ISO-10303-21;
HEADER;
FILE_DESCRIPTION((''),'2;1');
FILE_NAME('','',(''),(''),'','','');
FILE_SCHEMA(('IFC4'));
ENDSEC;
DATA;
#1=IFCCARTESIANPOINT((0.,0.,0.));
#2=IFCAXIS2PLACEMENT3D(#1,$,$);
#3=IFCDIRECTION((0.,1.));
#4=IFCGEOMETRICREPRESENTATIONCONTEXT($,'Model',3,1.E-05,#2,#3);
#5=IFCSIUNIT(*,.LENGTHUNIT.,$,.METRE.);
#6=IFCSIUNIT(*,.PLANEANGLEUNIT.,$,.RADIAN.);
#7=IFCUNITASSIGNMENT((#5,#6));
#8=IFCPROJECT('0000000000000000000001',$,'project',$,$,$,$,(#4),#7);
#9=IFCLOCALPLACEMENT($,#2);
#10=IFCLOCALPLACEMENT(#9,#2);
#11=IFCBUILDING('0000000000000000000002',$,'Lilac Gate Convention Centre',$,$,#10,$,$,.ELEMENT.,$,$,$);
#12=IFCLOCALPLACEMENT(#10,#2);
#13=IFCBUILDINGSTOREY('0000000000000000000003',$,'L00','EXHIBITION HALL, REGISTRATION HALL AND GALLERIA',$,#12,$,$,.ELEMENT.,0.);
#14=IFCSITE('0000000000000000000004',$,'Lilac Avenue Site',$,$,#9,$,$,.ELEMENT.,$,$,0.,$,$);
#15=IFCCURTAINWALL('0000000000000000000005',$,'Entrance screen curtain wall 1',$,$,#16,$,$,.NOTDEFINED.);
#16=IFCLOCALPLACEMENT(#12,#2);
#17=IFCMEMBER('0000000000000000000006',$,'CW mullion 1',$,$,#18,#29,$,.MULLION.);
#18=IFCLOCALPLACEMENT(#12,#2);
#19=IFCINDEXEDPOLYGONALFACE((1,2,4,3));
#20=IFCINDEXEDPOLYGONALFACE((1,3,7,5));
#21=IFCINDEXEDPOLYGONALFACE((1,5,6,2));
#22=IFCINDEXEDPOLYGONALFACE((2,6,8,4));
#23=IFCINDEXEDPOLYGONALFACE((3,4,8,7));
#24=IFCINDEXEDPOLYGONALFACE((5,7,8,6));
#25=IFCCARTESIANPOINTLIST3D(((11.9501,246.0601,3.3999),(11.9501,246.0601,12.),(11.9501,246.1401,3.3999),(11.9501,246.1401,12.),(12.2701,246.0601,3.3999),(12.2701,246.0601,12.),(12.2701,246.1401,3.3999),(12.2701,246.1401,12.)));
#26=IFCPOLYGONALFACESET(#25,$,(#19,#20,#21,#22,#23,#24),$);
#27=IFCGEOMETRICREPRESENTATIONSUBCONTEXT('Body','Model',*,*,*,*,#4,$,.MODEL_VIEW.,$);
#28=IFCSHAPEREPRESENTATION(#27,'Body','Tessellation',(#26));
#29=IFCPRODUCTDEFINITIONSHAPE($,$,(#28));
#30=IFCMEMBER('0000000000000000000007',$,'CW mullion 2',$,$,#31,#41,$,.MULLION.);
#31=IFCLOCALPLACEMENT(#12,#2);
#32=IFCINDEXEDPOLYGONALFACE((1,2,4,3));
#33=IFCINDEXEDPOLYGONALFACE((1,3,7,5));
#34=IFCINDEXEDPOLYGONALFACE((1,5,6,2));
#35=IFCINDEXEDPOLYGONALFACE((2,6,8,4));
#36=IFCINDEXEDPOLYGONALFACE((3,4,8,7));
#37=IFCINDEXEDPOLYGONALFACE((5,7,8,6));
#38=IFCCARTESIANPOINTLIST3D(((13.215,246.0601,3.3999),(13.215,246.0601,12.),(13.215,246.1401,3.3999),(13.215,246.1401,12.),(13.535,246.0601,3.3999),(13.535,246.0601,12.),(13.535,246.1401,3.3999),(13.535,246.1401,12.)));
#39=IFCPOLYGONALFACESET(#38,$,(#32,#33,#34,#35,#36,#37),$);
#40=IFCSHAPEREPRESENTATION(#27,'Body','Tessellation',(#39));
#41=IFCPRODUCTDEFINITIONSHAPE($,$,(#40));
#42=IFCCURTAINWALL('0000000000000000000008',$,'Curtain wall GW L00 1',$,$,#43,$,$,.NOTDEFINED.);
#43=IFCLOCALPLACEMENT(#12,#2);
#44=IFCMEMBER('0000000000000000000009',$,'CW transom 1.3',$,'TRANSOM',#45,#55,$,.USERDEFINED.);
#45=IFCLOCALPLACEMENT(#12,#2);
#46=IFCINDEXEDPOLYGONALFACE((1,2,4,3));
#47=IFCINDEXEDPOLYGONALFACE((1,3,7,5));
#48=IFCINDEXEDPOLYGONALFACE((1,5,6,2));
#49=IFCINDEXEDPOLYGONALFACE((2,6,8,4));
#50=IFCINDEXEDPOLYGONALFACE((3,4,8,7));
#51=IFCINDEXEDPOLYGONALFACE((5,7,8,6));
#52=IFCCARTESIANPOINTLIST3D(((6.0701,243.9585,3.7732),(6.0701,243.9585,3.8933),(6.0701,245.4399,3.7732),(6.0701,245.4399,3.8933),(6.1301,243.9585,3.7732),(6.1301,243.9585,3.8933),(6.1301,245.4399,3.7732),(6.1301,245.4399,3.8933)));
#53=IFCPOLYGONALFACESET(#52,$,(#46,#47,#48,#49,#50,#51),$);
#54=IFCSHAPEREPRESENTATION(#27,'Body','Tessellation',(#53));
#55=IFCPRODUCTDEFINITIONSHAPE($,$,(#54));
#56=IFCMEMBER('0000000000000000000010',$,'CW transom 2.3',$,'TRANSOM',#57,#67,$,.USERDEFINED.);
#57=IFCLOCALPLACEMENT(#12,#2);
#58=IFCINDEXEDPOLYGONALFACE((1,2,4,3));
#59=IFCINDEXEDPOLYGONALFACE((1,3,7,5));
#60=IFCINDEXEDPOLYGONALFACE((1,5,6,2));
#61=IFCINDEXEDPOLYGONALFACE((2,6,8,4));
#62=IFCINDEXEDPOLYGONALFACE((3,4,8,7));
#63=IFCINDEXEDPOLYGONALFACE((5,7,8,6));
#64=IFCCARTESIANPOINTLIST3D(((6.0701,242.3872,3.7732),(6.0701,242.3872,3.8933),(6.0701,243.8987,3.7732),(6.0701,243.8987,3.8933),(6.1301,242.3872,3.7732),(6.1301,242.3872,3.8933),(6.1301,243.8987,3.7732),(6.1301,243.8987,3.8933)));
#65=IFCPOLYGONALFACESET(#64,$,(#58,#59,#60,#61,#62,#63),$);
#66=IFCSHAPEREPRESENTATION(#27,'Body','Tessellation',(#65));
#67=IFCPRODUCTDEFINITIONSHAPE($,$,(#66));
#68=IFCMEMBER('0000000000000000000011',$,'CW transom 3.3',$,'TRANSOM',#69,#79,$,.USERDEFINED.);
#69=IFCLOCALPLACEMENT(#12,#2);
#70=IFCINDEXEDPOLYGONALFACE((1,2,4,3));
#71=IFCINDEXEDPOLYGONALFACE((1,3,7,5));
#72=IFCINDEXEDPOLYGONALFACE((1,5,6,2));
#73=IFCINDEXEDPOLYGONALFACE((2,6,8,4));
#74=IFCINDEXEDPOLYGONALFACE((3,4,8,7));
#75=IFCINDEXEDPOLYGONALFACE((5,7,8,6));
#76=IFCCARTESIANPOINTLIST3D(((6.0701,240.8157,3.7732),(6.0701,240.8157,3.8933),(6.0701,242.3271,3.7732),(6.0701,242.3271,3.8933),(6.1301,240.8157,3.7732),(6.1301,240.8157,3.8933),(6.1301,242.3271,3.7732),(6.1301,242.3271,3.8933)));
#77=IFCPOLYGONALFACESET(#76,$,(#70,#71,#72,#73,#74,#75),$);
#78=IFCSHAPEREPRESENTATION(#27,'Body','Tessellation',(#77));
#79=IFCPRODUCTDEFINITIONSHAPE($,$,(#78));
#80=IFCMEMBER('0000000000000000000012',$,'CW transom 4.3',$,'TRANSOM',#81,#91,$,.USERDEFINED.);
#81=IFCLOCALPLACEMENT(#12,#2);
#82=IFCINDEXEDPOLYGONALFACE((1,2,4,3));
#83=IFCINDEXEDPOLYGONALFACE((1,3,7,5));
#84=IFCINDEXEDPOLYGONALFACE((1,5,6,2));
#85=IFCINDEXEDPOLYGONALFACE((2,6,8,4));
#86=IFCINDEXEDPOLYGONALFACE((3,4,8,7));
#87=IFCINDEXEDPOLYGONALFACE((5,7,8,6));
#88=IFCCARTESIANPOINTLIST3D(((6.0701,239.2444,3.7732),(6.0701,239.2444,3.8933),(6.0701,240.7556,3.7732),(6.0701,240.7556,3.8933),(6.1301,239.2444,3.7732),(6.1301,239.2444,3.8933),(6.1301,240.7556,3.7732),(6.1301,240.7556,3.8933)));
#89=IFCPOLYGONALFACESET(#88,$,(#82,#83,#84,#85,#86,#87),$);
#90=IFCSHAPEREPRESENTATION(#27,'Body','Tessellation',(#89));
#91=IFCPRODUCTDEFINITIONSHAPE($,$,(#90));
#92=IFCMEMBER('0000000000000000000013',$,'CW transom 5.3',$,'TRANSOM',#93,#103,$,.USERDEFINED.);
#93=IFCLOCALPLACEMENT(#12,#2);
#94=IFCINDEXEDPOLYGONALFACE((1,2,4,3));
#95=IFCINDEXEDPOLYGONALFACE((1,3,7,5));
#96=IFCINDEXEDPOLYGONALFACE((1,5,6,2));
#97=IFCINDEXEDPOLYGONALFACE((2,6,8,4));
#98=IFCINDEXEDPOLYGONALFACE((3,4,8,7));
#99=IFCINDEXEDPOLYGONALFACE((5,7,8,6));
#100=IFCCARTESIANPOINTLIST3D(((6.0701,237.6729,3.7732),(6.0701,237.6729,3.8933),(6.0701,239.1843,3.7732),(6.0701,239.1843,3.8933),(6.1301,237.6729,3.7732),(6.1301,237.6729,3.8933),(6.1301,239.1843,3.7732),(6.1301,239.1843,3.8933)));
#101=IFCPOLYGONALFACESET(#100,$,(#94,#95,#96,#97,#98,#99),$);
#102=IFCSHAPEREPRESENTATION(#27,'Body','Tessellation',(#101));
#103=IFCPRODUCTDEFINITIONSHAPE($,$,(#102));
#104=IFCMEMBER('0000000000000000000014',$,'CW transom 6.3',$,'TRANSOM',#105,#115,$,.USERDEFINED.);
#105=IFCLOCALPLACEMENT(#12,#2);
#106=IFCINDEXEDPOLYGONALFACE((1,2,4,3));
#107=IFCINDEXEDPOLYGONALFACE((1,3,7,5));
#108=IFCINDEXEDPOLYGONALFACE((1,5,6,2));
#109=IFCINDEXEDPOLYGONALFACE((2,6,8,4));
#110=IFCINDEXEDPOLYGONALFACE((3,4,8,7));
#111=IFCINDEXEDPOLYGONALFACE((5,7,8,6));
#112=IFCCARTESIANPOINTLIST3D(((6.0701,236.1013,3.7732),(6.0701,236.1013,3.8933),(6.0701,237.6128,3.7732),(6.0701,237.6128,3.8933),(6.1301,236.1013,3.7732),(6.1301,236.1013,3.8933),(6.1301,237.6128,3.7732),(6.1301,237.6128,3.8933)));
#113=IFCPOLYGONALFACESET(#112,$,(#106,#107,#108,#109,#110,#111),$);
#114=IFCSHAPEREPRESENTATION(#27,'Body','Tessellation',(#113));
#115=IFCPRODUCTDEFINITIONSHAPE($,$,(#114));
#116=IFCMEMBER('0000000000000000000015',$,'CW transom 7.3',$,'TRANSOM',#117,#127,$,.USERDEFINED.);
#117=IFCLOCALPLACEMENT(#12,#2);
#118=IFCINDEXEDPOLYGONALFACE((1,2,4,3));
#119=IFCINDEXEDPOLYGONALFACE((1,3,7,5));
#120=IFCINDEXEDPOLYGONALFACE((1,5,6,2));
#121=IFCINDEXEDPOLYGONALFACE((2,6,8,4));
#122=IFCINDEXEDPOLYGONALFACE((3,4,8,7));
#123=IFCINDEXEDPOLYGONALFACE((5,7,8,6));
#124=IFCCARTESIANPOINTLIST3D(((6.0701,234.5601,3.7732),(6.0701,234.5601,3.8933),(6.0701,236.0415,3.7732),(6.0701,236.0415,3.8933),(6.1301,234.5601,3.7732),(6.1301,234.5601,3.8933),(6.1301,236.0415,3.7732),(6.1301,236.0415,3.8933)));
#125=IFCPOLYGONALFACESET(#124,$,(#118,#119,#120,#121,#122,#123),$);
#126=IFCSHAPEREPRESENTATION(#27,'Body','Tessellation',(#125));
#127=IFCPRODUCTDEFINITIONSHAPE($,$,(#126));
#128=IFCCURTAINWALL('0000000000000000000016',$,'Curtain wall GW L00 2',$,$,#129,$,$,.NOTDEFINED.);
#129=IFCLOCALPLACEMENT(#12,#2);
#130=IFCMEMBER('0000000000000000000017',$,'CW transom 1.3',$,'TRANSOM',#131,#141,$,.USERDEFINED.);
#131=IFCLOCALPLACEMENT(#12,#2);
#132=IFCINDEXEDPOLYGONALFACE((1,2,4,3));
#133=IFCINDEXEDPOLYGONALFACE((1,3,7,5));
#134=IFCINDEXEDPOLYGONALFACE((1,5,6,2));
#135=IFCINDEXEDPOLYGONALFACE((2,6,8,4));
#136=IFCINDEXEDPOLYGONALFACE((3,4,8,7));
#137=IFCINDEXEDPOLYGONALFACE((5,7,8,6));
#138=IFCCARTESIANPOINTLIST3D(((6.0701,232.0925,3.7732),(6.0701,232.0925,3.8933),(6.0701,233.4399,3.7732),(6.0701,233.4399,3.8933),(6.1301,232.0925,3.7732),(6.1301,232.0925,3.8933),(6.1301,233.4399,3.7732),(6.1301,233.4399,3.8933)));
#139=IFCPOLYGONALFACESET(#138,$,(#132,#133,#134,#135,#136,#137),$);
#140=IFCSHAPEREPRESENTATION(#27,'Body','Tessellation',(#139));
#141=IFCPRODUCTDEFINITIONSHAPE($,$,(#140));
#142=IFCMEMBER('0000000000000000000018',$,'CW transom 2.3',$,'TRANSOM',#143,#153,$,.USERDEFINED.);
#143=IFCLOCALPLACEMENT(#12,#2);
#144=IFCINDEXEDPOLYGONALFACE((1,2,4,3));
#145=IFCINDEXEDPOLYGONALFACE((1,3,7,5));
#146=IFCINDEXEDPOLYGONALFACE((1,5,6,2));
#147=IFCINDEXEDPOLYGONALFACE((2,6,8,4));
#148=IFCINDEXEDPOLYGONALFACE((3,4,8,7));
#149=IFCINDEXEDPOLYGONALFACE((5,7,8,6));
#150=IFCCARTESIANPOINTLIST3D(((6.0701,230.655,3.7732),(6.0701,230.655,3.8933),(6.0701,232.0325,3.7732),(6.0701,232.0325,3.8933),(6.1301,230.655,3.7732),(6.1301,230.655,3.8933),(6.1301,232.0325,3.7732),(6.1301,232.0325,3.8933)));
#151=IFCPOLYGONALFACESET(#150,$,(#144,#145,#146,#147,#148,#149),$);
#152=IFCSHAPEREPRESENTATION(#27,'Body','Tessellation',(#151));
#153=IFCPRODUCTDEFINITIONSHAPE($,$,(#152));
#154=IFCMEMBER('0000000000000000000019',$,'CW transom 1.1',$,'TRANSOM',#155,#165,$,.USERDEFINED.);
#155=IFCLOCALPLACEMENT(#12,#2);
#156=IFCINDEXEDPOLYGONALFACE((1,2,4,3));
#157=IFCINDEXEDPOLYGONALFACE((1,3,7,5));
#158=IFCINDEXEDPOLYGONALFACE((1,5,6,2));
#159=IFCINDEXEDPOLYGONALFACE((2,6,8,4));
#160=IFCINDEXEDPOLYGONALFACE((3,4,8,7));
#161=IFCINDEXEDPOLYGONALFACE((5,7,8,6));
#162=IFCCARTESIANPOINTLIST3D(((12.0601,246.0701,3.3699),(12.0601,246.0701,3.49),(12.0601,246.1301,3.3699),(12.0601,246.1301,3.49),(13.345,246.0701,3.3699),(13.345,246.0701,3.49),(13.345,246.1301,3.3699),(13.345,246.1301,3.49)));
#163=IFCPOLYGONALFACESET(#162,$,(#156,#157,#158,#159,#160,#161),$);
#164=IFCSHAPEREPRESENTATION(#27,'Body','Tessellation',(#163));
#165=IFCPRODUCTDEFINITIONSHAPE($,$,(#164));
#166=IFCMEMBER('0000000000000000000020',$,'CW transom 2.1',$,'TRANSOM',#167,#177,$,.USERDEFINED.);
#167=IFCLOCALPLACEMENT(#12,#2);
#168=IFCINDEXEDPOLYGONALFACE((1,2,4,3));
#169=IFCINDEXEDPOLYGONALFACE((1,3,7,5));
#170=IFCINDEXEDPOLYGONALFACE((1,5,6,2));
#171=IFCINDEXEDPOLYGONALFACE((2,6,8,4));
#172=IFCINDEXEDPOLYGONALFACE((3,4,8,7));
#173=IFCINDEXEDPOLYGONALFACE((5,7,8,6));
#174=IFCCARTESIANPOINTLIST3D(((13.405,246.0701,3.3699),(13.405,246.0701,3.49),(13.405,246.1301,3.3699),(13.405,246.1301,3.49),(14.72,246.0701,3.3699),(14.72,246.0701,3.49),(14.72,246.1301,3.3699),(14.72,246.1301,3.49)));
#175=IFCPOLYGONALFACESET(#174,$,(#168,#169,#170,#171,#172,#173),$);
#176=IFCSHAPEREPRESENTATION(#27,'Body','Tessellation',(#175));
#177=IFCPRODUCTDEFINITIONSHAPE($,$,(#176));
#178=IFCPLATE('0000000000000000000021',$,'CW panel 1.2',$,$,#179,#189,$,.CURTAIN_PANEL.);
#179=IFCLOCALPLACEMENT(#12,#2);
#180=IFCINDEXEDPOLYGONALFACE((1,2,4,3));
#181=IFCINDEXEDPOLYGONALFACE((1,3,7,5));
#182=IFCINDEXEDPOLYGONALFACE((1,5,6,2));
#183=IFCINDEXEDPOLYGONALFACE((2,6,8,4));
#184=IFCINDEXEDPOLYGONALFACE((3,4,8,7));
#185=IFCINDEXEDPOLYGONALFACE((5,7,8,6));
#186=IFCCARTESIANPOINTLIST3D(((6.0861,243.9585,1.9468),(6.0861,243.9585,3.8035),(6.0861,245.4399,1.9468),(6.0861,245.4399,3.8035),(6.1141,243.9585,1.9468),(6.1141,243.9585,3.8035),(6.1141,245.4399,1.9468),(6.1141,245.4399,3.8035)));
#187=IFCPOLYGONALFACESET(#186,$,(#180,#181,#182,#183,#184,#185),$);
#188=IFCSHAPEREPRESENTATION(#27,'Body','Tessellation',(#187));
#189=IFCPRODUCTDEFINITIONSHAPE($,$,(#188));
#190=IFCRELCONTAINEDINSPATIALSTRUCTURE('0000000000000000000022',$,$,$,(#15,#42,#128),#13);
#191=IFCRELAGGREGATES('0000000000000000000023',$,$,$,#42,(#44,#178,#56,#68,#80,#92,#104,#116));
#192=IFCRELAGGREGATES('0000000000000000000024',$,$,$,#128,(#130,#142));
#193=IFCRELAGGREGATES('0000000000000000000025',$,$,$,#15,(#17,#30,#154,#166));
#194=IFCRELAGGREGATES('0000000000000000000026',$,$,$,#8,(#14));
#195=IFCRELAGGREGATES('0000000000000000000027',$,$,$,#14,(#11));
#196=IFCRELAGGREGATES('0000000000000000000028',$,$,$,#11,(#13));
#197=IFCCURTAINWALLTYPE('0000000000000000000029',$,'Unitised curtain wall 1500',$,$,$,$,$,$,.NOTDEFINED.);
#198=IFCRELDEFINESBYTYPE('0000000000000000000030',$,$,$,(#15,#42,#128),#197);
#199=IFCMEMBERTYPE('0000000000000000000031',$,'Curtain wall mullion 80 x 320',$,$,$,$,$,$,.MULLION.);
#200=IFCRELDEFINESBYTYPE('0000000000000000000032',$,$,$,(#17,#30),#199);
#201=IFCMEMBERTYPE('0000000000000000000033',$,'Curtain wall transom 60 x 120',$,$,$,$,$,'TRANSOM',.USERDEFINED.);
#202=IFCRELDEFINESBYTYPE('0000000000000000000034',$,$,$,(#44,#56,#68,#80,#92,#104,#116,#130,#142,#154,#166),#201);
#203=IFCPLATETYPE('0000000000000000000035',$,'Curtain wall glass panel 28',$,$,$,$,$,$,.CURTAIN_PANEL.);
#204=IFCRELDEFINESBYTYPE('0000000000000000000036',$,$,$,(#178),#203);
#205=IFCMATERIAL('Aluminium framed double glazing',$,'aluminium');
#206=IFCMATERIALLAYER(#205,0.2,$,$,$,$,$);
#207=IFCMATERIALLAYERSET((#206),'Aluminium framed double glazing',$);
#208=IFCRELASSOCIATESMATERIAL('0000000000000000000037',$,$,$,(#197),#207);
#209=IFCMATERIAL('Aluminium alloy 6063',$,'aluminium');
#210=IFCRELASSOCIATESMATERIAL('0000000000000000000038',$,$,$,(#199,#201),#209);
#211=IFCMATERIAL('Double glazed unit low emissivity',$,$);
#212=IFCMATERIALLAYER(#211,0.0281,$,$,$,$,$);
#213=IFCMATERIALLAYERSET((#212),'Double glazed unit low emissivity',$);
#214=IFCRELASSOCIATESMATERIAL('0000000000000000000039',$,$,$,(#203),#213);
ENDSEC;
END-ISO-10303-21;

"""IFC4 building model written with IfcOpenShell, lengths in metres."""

from ifc_helpers import new_model, si_unit, direction, frame, origin, origin_2d, place, context, subcontext, project, spatial, rectangle, extrude, material, layer, layer_set, material_profile, profile_set, type_object, element, aggregate, save


model = new_model("IFC4")

# Units and contexts
model_context = context("Model", 3, precision=1e-05, world=origin(), true_north=direction((0.0, 1.0)))
body_context = subcontext(model_context, "Body", "Model", "MODEL_VIEW")
ifc_project = project(units=[si_unit("LENGTHUNIT", "METRE"), si_unit("PLANEANGLEUNIT", "RADIAN")], contexts=[model_context])

# Site, building, storey
site_placement = place(None, origin())
site = spatial("IfcSite", under=ifc_project, at=site_placement, Name="Lilac Avenue Site", CompositionType="ELEMENT", RefElevation=0.0)
building_placement = place(site_placement, origin())
building = spatial("IfcBuilding", under=site, at=building_placement, Name="Lilac Gate Convention Centre", CompositionType="ELEMENT")
storey_placement = place(building_placement, origin())
storey = spatial("IfcBuildingStorey", under=building, at=storey_placement, Name="L00", Description="EXHIBITION HALL, REGISTRATION HALL AND GALLERIA", CompositionType="ELEMENT", Elevation=0.0)

# Curtain walls, members
ifc_material_1 = material(Name="Aluminium framed double glazing", Category="aluminium")
ifc_layer_1 = layer(ifc_material_1, 0.2)
ifc_layer_set_1 = layer_set([ifc_layer_1], Name="Aluminium framed double glazing")
curtain_wall_type = type_object("IfcCurtainWallType", Name="Unitised curtain wall 1500", PredefinedType="NOTDEFINED", material=ifc_layer_set_1)
curtain_wall_1_placement = place(storey_placement, origin())
curtain_wall_1 = element("IfcCurtainWall", 1, at=curtain_wall_1_placement, inside=storey, type_object=curtain_wall_type, Name="Entrance screen curtain wall 1", PredefinedType="NOTDEFINED")
ifc_material_2 = material(Name="Aluminium alloy 6063", Category="aluminium")
ifc_material_profile_1 = material_profile(ifc_material_2, rectangle(XDim=0.0801, YDim=0.3201, at=origin_2d()), Name="Curtain wall mullion 80 x 320")
ifc_profile_set_1 = profile_set([ifc_material_profile_1], Name="Aluminium alloy 6063")
member_type_1 = type_object("IfcMemberType", Name="Curtain wall mullion 80 x 320", PredefinedType="MULLION", material=ifc_profile_set_1)
member_1_placement = place(storey_placement, frame((12.1101, 246.1001, 3.3999), z_axis=(0.0, 0.0, 1.0), x_axis=(0.0, 1.0, 0.0)))
member_1 = element("IfcMember", 2, at=member_1_placement, type_object=member_type_1, Name="CW mullion 1", PredefinedType="MULLION", context=body_context, shape_type="SweptSolid", body=[
    extrude(rectangle(XDim=0.0801, YDim=0.3201, at=origin_2d()), origin(), (0.0, 0.0, 1.0), 8.6001),
])
member_2_placement = place(storey_placement, frame((13.375, 246.1001, 3.3999), z_axis=(0.0, 0.0, 1.0), x_axis=(0.0, 1.0, 0.0)))
member_2 = element("IfcMember", 3, at=member_2_placement, type_object=member_type_1, Name="CW mullion 2", PredefinedType="MULLION", context=body_context, shape_type="SweptSolid", body=[
    extrude(rectangle(XDim=0.0801, YDim=0.3201, at=origin_2d()), origin(), (0.0, 0.0, 1.0), 8.6001),
])
curtain_wall_2_placement = place(storey_placement, origin())
curtain_wall_2 = element("IfcCurtainWall", 4, at=curtain_wall_2_placement, inside=storey, type_object=curtain_wall_type, Name="Curtain wall GW L00 1", PredefinedType="NOTDEFINED")
ifc_material_profile_2 = material_profile(ifc_material_2, rectangle(XDim=0.0601, YDim=0.1201, at=origin_2d()), Name="Curtain wall transom 60 x 120")
ifc_profile_set_2 = profile_set([ifc_material_profile_2], Name="Aluminium alloy 6063")
member_type_2 = type_object("IfcMemberType", Name="Curtain wall transom 60 x 120", ElementType="TRANSOM", PredefinedType="USERDEFINED", material=ifc_profile_set_2)
member_3_placement = place(storey_placement, frame((6.1001, 245.4399, 3.8333), z_axis=(0.0, -1.0, 0.0), x_axis=(1.0, 0.0, 0.0)))
member_3 = element("IfcMember", 5, at=member_3_placement, type_object=member_type_2, Name="CW transom 1.3", ObjectType="TRANSOM", PredefinedType="USERDEFINED", context=body_context, shape_type="SweptSolid", body=[
    extrude(rectangle(XDim=0.0601, YDim=0.1201, at=origin_2d()), origin(), (0.0, 0.0, 1.0), 1.4814),
])
member_4_placement = place(storey_placement, frame((6.1001, 243.8987, 3.8333), z_axis=(0.0, -1.0, 0.0), x_axis=(1.0, 0.0, 0.0)))
member_4 = element("IfcMember", 6, at=member_4_placement, type_object=member_type_2, Name="CW transom 2.3", ObjectType="TRANSOM", PredefinedType="USERDEFINED", context=body_context, shape_type="SweptSolid", body=[
    extrude(rectangle(XDim=0.0601, YDim=0.1201, at=origin_2d()), origin(), (0.0, 0.0, 1.0), 1.5115),
])
member_5_placement = place(storey_placement, frame((6.1001, 242.3271, 3.8333), z_axis=(0.0, -1.0, 0.0), x_axis=(1.0, 0.0, 0.0)))
member_5 = element("IfcMember", 7, at=member_5_placement, type_object=member_type_2, Name="CW transom 3.3", ObjectType="TRANSOM", PredefinedType="USERDEFINED", context=body_context, shape_type="SweptSolid", body=[
    extrude(rectangle(XDim=0.0601, YDim=0.1201, at=origin_2d()), origin(), (0.0, 0.0, 1.0), 1.5115),
])
member_6_placement = place(storey_placement, frame((6.1001, 240.7556, 3.8333), z_axis=(0.0, -1.0, 0.0), x_axis=(1.0, 0.0, 0.0)))
member_6 = element("IfcMember", 8, at=member_6_placement, type_object=member_type_2, Name="CW transom 4.3", ObjectType="TRANSOM", PredefinedType="USERDEFINED", context=body_context, shape_type="SweptSolid", body=[
    extrude(rectangle(XDim=0.0601, YDim=0.1201, at=origin_2d()), origin(), (0.0, 0.0, 1.0), 1.5112),
])
member_7_placement = place(storey_placement, frame((6.1001, 239.1843, 3.8333), z_axis=(0.0, -1.0, 0.0), x_axis=(1.0, 0.0, 0.0)))
member_7 = element("IfcMember", 9, at=member_7_placement, type_object=member_type_2, Name="CW transom 5.3", ObjectType="TRANSOM", PredefinedType="USERDEFINED", context=body_context, shape_type="SweptSolid", body=[
    extrude(rectangle(XDim=0.0601, YDim=0.1201, at=origin_2d()), origin(), (0.0, 0.0, 1.0), 1.5115),
])
member_8_placement = place(storey_placement, frame((6.1001, 237.6128, 3.8333), z_axis=(0.0, -1.0, 0.0), x_axis=(1.0, 0.0, 0.0)))
member_8 = element("IfcMember", 10, at=member_8_placement, type_object=member_type_2, Name="CW transom 6.3", ObjectType="TRANSOM", PredefinedType="USERDEFINED", context=body_context, shape_type="SweptSolid", body=[
    extrude(rectangle(XDim=0.0601, YDim=0.1201, at=origin_2d()), origin(), (0.0, 0.0, 1.0), 1.5115),
])
member_9_placement = place(storey_placement, frame((6.1001, 236.0415, 3.8333), z_axis=(0.0, -1.0, 0.0), x_axis=(1.0, 0.0, 0.0)))
member_9 = element("IfcMember", 11, at=member_9_placement, type_object=member_type_2, Name="CW transom 7.3", ObjectType="TRANSOM", PredefinedType="USERDEFINED", context=body_context, shape_type="SweptSolid", body=[
    extrude(rectangle(XDim=0.0601, YDim=0.1201, at=origin_2d()), origin(), (0.0, 0.0, 1.0), 1.4814),
])
curtain_wall_3_placement = place(storey_placement, origin())
curtain_wall_3 = element("IfcCurtainWall", 12, at=curtain_wall_3_placement, inside=storey, type_object=curtain_wall_type, Name="Curtain wall GW L00 2", PredefinedType="NOTDEFINED")
member_10_placement = place(storey_placement, frame((6.1001, 233.4399, 3.8333), z_axis=(0.0, -1.0, 0.0), x_axis=(1.0, 0.0, 0.0)))
member_10 = element("IfcMember", 13, at=member_10_placement, type_object=member_type_2, Name="CW transom 1.3", ObjectType="TRANSOM", PredefinedType="USERDEFINED", context=body_context, shape_type="SweptSolid", body=[
    extrude(rectangle(XDim=0.0601, YDim=0.1201, at=origin_2d()), origin(), (0.0, 0.0, 1.0), 1.3474),
])
member_11_placement = place(storey_placement, frame((6.1001, 232.0325, 3.8333), z_axis=(0.0, -1.0, 0.0), x_axis=(1.0, 0.0, 0.0)))
member_11 = element("IfcMember", 14, at=member_11_placement, type_object=member_type_2, Name="CW transom 2.3", ObjectType="TRANSOM", PredefinedType="USERDEFINED", context=body_context, shape_type="SweptSolid", body=[
    extrude(rectangle(XDim=0.0601, YDim=0.1201, at=origin_2d()), origin(), (0.0, 0.0, 1.0), 1.3774),
])

# Members
member_12_placement = place(storey_placement, frame((12.0601, 246.1001, 3.4299), z_axis=(1.0, 0.0, 0.0), x_axis=(0.0, 1.0, 0.0)))
member_12 = element("IfcMember", 15, at=member_12_placement, type_object=member_type_2, Name="CW transom 1.1", ObjectType="TRANSOM", PredefinedType="USERDEFINED", context=body_context, shape_type="SweptSolid", body=[
    extrude(rectangle(XDim=0.0601, YDim=0.1201, at=origin_2d()), origin(), (0.0, 0.0, 1.0), 1.2849),
])
member_13_placement = place(storey_placement, frame((13.405, 246.1001, 3.4299), z_axis=(1.0, 0.0, 0.0), x_axis=(0.0, 1.0, 0.0)))
member_13 = element("IfcMember", 16, at=member_13_placement, type_object=member_type_2, Name="CW transom 2.1", ObjectType="TRANSOM", PredefinedType="USERDEFINED", context=body_context, shape_type="SweptSolid", body=[
    extrude(rectangle(XDim=0.0601, YDim=0.1201, at=origin_2d()), origin(), (0.0, 0.0, 1.0), 1.3149),
])

# Plate
ifc_material_3 = material(Name="Double glazed unit low emissivity")
ifc_layer_2 = layer(ifc_material_3, 0.0281)
ifc_layer_set_2 = layer_set([ifc_layer_2], Name="Double glazed unit low emissivity")
plate_type = type_object("IfcPlateType", Name="Curtain wall glass panel 28", PredefinedType="CURTAIN_PANEL", material=ifc_layer_set_2)
plate_1_placement = place(storey_placement, frame((6.1001, 244.6992, 1.9468), z_axis=(0.0, 0.0, 1.0), x_axis=(0.0, -1.0, 0.0)))
plate_1 = element("IfcPlate", 17, at=plate_1_placement, type_object=plate_type, Name="CW panel 1.2", PredefinedType="CURTAIN_PANEL", context=body_context, shape_type="SweptSolid", body=[
    extrude(rectangle(XDim=1.4814, YDim=0.0281, at=origin_2d()), origin(), (0.0, 0.0, 1.0), 1.8567),
])
aggregate(curtain_wall_2, [member_3, plate_1, member_4, member_5, member_6, member_7, member_8, member_9])
aggregate(curtain_wall_3, [member_10, member_11])
aggregate(curtain_wall_1, [member_1, member_2, member_12, member_13])

save(model, "model.ifc")
